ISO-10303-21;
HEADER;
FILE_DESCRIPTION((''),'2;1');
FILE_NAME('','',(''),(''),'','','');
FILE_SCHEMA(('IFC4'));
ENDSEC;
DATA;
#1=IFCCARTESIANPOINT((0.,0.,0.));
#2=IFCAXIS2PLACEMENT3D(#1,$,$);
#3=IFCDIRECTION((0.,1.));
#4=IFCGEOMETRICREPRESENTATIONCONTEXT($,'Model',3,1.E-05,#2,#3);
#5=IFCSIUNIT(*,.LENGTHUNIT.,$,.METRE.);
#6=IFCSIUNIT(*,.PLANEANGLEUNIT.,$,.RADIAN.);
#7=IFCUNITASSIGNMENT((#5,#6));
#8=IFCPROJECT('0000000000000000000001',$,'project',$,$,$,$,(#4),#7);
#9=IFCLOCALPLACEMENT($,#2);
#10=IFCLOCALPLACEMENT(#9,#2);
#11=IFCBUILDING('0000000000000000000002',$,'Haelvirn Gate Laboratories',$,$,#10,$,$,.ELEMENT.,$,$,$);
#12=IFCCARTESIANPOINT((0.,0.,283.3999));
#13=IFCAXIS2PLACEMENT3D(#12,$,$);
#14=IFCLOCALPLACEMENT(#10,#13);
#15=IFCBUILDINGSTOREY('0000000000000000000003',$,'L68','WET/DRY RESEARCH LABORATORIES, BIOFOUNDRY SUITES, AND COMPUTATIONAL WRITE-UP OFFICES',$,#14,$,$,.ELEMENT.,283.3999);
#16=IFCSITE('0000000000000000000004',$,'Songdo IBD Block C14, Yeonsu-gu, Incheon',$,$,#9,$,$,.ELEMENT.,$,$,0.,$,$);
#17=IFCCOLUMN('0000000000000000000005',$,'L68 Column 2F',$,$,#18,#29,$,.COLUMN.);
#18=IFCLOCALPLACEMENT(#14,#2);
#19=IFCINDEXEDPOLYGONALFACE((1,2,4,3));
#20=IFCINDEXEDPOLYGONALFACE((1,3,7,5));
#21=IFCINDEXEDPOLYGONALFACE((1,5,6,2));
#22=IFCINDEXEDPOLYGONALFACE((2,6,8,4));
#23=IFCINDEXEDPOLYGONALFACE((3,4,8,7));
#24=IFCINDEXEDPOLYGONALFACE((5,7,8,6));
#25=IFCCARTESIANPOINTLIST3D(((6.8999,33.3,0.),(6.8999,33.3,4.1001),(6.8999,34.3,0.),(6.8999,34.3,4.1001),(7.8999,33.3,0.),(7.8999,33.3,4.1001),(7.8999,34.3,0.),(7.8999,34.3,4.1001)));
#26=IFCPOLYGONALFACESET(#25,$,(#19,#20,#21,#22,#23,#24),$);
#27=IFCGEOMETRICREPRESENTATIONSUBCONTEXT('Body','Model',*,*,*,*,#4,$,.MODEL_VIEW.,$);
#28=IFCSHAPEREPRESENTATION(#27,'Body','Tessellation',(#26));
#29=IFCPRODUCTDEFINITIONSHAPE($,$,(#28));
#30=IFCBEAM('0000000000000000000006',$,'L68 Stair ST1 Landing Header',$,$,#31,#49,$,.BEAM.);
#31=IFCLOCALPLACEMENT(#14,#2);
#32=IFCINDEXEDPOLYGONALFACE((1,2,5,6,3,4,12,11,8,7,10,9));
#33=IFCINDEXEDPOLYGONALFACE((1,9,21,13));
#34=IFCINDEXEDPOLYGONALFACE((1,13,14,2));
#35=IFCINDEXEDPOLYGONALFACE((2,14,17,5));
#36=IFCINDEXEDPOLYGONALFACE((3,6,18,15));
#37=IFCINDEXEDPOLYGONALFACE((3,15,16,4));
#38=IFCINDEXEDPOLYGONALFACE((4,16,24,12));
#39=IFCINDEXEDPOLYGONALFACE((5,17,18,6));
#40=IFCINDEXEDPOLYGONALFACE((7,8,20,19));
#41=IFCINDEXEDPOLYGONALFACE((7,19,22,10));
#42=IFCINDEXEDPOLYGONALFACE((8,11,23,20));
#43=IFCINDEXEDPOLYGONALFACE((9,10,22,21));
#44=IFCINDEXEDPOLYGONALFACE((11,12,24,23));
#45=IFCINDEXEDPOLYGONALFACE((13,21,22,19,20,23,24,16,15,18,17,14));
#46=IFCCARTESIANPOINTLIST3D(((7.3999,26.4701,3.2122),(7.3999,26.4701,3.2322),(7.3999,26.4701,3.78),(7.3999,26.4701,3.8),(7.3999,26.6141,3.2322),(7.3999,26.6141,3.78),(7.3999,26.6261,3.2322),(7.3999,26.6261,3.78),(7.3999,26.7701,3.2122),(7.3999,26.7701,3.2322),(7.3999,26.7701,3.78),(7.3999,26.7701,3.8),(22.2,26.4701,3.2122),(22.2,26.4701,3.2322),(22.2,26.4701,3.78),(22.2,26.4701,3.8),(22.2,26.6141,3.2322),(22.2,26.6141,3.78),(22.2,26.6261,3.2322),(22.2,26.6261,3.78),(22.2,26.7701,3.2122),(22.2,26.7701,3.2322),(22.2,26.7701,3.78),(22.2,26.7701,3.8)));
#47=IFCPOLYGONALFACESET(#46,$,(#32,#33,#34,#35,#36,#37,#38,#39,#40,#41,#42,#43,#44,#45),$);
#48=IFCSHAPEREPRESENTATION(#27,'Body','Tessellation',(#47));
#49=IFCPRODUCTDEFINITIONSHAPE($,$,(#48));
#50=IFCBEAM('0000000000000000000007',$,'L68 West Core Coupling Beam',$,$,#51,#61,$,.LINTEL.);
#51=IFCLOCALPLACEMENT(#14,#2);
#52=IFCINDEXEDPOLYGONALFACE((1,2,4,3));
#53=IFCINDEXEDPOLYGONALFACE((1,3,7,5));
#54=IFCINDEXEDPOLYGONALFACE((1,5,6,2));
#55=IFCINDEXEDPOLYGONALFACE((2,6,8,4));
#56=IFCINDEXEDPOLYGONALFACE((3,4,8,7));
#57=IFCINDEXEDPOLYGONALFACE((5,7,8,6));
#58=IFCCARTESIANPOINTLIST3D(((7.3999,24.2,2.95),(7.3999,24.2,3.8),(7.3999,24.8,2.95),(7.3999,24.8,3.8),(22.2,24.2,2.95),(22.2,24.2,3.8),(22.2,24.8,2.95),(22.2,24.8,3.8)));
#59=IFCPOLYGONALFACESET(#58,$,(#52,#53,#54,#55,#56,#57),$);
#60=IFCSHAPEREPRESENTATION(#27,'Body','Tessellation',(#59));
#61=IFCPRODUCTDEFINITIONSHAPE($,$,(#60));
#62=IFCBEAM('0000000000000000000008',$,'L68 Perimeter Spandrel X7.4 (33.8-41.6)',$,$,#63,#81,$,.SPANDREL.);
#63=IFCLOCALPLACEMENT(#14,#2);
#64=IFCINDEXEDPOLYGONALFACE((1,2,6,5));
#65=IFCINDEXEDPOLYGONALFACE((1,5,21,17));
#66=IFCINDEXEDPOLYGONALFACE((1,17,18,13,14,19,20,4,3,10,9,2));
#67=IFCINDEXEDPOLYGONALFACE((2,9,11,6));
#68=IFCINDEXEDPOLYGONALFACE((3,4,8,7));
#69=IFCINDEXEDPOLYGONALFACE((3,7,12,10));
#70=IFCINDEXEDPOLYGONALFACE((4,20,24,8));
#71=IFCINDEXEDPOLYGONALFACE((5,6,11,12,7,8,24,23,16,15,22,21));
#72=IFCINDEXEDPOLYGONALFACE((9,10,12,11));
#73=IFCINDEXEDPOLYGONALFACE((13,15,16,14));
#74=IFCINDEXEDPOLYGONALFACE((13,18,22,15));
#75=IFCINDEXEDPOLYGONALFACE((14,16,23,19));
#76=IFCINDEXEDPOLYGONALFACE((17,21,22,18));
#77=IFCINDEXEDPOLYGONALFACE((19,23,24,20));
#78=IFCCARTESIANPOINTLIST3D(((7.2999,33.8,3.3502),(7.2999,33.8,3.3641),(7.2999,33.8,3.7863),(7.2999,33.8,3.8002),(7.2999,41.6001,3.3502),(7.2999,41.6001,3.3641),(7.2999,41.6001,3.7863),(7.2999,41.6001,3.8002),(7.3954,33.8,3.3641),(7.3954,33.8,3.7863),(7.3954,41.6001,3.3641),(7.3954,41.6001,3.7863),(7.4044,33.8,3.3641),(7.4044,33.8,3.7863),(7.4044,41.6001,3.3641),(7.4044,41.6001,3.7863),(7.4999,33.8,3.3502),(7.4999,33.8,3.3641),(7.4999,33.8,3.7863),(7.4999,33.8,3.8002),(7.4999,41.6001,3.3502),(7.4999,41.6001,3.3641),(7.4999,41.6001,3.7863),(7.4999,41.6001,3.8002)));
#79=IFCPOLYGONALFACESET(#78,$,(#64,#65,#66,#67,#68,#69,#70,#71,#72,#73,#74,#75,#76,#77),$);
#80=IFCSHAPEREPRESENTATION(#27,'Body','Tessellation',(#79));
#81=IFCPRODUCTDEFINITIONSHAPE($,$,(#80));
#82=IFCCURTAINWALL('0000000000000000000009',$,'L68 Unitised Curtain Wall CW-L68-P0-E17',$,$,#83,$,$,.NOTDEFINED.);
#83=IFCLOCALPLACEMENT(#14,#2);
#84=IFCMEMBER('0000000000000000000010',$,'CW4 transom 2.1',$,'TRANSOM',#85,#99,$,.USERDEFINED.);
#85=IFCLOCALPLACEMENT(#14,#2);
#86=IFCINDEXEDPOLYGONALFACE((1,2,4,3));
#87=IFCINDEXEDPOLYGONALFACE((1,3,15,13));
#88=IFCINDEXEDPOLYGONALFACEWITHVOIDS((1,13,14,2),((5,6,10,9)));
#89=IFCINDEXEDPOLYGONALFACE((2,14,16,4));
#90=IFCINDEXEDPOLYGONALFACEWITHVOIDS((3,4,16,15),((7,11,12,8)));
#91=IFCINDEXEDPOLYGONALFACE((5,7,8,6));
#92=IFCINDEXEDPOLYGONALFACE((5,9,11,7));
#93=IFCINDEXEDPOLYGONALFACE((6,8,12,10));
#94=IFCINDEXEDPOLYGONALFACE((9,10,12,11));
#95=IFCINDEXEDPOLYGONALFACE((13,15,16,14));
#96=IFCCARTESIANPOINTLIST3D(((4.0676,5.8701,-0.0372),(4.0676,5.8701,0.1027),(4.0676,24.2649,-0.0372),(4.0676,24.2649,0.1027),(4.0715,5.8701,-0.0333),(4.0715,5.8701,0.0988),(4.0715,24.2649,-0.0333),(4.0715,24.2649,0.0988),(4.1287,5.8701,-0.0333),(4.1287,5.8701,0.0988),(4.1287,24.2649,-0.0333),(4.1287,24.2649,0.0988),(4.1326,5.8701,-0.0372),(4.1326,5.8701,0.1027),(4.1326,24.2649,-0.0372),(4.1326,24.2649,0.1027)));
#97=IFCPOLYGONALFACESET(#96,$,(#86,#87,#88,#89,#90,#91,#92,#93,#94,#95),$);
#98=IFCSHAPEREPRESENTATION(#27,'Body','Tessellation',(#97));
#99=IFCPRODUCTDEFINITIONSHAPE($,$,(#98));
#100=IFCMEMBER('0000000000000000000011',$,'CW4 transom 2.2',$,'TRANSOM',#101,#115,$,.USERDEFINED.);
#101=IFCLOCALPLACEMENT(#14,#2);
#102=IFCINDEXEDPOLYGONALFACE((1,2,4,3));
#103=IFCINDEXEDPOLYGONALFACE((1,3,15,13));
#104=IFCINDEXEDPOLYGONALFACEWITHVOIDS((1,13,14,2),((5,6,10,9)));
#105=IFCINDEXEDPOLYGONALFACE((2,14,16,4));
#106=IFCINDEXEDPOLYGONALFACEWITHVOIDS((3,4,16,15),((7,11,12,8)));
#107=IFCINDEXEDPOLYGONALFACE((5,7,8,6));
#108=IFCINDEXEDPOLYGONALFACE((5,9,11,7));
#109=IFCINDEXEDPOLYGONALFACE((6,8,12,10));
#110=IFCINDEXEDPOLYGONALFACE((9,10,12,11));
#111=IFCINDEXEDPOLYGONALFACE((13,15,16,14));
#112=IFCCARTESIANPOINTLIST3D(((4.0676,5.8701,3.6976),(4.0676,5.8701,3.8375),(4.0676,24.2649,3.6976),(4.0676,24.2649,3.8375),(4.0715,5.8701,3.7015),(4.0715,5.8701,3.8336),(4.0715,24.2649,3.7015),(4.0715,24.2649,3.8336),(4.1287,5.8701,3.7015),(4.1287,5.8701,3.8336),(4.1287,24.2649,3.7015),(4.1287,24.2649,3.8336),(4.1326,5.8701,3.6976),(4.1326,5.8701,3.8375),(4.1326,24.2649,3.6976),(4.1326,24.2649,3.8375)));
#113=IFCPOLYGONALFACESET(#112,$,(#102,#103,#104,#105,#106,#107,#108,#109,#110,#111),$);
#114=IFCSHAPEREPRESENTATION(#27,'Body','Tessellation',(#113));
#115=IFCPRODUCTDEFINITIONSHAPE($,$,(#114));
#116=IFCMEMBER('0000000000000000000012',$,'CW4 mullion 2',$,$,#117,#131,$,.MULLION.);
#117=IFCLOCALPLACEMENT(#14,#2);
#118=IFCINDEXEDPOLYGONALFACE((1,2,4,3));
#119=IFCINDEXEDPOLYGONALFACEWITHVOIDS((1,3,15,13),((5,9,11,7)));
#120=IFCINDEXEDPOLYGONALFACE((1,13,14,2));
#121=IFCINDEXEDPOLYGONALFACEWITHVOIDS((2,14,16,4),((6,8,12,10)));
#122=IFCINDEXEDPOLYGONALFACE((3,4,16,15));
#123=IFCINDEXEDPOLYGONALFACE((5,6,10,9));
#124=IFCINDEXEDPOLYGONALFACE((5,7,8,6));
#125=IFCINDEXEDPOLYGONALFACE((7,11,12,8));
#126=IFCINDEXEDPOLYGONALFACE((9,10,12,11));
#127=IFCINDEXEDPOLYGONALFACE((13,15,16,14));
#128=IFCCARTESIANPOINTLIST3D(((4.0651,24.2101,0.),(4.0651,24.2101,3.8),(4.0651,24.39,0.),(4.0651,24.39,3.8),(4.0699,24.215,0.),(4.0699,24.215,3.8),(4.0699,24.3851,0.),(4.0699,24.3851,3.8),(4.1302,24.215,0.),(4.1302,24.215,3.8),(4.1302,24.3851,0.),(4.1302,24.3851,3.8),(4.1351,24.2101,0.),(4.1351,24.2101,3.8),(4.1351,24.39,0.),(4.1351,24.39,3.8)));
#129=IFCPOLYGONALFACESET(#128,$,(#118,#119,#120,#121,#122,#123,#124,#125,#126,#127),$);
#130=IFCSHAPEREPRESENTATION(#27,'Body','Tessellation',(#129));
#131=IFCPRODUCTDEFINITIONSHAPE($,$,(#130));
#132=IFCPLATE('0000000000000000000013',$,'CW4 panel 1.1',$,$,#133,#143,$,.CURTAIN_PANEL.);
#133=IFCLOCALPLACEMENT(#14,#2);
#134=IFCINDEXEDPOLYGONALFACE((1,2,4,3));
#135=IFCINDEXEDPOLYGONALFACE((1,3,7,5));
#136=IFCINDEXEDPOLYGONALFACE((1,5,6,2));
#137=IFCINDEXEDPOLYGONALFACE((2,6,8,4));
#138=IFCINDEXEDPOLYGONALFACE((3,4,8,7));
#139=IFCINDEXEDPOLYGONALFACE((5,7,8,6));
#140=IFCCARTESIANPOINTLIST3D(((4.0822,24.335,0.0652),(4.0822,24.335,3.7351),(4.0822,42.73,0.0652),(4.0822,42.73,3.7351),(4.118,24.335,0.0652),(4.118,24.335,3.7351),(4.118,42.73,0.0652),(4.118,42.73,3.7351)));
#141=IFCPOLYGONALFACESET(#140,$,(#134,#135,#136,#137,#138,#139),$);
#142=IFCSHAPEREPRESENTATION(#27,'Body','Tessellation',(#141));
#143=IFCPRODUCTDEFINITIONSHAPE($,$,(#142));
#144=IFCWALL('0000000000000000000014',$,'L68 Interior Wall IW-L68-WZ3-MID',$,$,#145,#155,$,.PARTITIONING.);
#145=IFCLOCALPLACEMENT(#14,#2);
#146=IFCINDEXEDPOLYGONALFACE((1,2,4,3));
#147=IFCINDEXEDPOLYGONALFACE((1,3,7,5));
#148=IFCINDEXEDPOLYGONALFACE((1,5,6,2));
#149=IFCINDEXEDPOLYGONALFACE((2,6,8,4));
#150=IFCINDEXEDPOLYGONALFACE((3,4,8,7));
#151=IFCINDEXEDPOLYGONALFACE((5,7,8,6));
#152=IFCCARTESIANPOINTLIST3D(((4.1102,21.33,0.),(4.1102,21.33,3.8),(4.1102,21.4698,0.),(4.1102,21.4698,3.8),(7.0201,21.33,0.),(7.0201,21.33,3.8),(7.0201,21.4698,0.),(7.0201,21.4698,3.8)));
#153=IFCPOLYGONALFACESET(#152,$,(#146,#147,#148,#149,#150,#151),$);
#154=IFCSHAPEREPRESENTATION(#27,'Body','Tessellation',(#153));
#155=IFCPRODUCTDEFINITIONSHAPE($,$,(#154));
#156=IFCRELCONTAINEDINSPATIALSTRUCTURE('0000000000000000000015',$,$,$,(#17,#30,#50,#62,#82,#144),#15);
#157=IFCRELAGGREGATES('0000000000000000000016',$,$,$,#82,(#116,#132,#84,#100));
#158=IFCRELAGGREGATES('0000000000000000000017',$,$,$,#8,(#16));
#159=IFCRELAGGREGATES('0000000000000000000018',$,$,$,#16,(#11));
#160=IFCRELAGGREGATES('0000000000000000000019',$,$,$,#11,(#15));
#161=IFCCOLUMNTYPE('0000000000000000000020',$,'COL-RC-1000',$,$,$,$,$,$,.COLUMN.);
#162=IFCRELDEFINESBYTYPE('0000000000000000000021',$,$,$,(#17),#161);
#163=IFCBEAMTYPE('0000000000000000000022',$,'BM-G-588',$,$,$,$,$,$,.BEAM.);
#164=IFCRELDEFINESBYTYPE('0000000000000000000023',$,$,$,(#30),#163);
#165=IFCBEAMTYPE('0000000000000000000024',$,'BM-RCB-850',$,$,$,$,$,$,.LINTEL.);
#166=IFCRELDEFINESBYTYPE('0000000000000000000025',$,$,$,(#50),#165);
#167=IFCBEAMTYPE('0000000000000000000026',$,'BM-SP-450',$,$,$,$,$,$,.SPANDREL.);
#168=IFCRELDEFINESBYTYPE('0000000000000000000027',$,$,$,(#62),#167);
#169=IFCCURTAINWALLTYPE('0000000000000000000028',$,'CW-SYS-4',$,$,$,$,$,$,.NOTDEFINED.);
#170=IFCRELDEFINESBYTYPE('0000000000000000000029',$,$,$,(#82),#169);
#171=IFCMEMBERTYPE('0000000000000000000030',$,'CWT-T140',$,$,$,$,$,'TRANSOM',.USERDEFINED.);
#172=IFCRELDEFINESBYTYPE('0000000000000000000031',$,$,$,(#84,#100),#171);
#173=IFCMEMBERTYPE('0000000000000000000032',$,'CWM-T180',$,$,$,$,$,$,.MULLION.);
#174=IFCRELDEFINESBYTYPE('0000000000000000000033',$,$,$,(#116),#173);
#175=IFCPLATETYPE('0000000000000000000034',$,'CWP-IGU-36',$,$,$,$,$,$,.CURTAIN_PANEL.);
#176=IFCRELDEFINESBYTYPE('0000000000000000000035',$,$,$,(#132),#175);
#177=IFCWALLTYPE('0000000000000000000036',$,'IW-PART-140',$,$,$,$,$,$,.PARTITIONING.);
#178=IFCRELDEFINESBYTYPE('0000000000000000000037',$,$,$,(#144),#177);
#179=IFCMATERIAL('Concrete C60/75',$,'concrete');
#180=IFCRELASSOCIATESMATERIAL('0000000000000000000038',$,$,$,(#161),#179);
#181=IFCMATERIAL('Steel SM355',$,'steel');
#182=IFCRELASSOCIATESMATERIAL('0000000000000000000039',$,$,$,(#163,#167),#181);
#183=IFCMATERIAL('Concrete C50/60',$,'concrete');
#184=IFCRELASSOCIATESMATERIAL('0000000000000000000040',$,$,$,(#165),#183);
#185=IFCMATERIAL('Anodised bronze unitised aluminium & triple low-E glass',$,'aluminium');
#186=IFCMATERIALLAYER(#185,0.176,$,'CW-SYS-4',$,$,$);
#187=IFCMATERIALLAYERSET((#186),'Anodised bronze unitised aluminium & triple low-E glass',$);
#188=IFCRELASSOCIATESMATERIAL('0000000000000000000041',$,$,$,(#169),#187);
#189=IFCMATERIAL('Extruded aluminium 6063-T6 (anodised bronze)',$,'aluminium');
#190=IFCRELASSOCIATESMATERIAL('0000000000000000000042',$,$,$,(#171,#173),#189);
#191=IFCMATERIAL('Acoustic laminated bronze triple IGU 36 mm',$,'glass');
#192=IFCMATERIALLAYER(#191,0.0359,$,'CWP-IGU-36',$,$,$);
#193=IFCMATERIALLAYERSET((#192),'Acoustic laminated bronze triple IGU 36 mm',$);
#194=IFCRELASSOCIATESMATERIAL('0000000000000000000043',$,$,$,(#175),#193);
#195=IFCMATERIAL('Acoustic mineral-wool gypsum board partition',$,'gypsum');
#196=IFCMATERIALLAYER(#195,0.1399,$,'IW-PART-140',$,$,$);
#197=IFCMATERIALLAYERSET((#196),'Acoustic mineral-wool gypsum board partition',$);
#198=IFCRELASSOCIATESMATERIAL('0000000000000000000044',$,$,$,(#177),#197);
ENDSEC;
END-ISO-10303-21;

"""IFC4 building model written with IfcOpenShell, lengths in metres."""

from ifc_helpers import new_model, si_unit, direction, frame, frame_2d, origin, origin_2d, place, context, subcontext, project, spatial, rectangle, hollow_rectangle, i_section, extrude, source, transform, mapped, material, layer, layer_set, material_profile, profile_set, type_object, type_shapes, element, aggregate, save


model = new_model("IFC4")

# Units and contexts
model_context = context("Model", 3, precision=1e-05, world=origin(), true_north=direction((0.0, 1.0)))
body_context = subcontext(model_context, "Body", "Model", "MODEL_VIEW")
ifc_project = project(units=[si_unit("LENGTHUNIT", "METRE"), si_unit("PLANEANGLEUNIT", "RADIAN")], contexts=[model_context])

# Site, building, storey
site_placement = place(None, origin())
site = spatial("IfcSite", under=ifc_project, at=site_placement, Name="Songdo IBD Block C14, Yeonsu-gu, Incheon", CompositionType="ELEMENT", RefElevation=0.0)
building_placement = place(site_placement, origin())
building = spatial("IfcBuilding", under=site, at=building_placement, Name="Haelvirn Gate Laboratories", CompositionType="ELEMENT")
storey_placement = place(building_placement, frame((0.0, 0.0, 283.3999)))
storey = spatial("IfcBuildingStorey", under=building, at=storey_placement, Name="L68", Description="WET/DRY RESEARCH LABORATORIES, BIOFOUNDRY SUITES, AND COMPUTATIONAL WRITE-UP OFFICES", CompositionType="ELEMENT", Elevation=283.3999)

# Column
ifc_material_1 = material(Name="Concrete C60/75", Category="concrete")
ifc_material_profile_1 = material_profile(ifc_material_1, rectangle(XDim=1.0, YDim=1.0, at=origin_2d()), Name="RC-1000x1000")
ifc_profile_set_1 = profile_set([ifc_material_profile_1], Name="Concrete C60/75")
column_type = type_object("IfcColumnType", Name="COL-RC-1000", PredefinedType="COLUMN", material=ifc_profile_set_1)
shared_shape_1 = source(origin(), body_context, "Body", "SweptSolid", [
    extrude(rectangle(XDim=1.0, YDim=1.0, at=origin_2d()), origin(), (0.0, 0.0, 1.0), 4.1001),
])
type_shapes(column_type, [shared_shape_1])
column_placement = place(storey_placement, frame((7.3999, 33.8, 0.0), z_axis=(0.0, 0.0, 1.0), x_axis=(1.0, 0.0, 0.0)))
element("IfcColumn", 1, at=column_placement, inside=storey, type_object=column_type, Name="L68 Column 2F", PredefinedType="COLUMN", context=body_context, shape_type="MappedRepresentation", body=[
    mapped(shared_shape_1, transform((0.0, 0.0, 0.0), scale=1.0)),
])

# Beams
ifc_material_2 = material(Name="Steel SM355", Category="steel")
ifc_material_profile_2 = material_profile(ifc_material_2, i_section(OverallWidth=0.3, OverallDepth=0.5879, WebThickness=0.012, FlangeThickness=0.02, at=origin_2d()), Name="H-588x300x12x20")
ifc_profile_set_2 = profile_set([ifc_material_profile_2], Name="Steel SM355")
beam_type_1 = type_object("IfcBeamType", Name="BM-G-588", PredefinedType="BEAM", material=ifc_profile_set_2)
shared_shape_2 = source(origin(), body_context, "Body", "SweptSolid", [
    extrude(i_section(OverallWidth=0.3, OverallDepth=0.5879, WebThickness=0.012, FlangeThickness=0.02, at=origin_2d()), origin(), (0.0, 0.0, 1.0), 14.8),
])
type_shapes(beam_type_1, [shared_shape_2])
beam_1_placement = place(storey_placement, frame((7.3999, 26.6201, 3.5061), z_axis=(1.0, 0.0, 0.0), x_axis=(0.0, 1.0, 0.0)))
element("IfcBeam", 2, at=beam_1_placement, inside=storey, type_object=beam_type_1, Name="L68 Stair ST1 Landing Header", PredefinedType="BEAM", context=body_context, shape_type="MappedRepresentation", body=[
    mapped(shared_shape_2, transform((0.0, 0.0, 0.0), scale=1.0)),
])
ifc_material_3 = material(Name="Concrete C50/60", Category="concrete")
ifc_material_profile_3 = material_profile(ifc_material_3, rectangle(XDim=0.6001, YDim=0.8501, at=origin_2d()), Name="RCB-600x850")
ifc_profile_set_3 = profile_set([ifc_material_profile_3], Name="Concrete C50/60")
beam_type_2 = type_object("IfcBeamType", Name="BM-RCB-850", PredefinedType="LINTEL", material=ifc_profile_set_3)
shared_shape_3 = source(origin(), body_context, "Body", "SweptSolid", [
    extrude(rectangle(XDim=0.6001, YDim=0.8501, at=origin_2d()), origin(), (0.0, 0.0, 1.0), 14.8),
])
type_shapes(beam_type_2, [shared_shape_3])
beam_2_placement = place(storey_placement, frame((7.3999, 24.5, 3.375), z_axis=(1.0, 0.0, 0.0), x_axis=(0.0, 1.0, 0.0)))
element("IfcBeam", 3, at=beam_2_placement, inside=storey, type_object=beam_type_2, Name="L68 West Core Coupling Beam", PredefinedType="LINTEL", context=body_context, shape_type="MappedRepresentation", body=[
    mapped(shared_shape_3, transform((0.0, 0.0, 0.0), scale=1.0)),
])
ifc_material_profile_4 = material_profile(ifc_material_2, i_section(OverallWidth=0.2, OverallDepth=0.45, WebThickness=0.009, FlangeThickness=0.0139, at=origin_2d()), Name="H-450x200x9x14")
ifc_profile_set_4 = profile_set([ifc_material_profile_4], Name="Steel SM355")
beam_type_3 = type_object("IfcBeamType", Name="BM-SP-450", PredefinedType="SPANDREL", material=ifc_profile_set_4)
shared_shape_4 = source(origin(), body_context, "Body", "SweptSolid", [
    extrude(i_section(OverallWidth=0.2, OverallDepth=0.45, WebThickness=0.009, FlangeThickness=0.0139, at=origin_2d()), origin(), (0.0, 0.0, 1.0), 7.8),
])
type_shapes(beam_type_3, [shared_shape_4])
beam_3_placement = place(storey_placement, frame((7.3999, 33.8, 3.5752), z_axis=(0.0, 1.0, 0.0), x_axis=(-1.0, 0.0, 0.0)))
element("IfcBeam", 4, at=beam_3_placement, inside=storey, type_object=beam_type_3, Name="L68 Perimeter Spandrel X7.4 (33.8-41.6)", PredefinedType="SPANDREL", context=body_context, shape_type="MappedRepresentation", body=[
    mapped(shared_shape_4, transform((0.0, 0.0, 0.0), scale=1.0)),
])

# Curtain wall, members, plate
ifc_material_4 = material(Name="Anodised bronze unitised aluminium & triple low-E glass", Category="aluminium")
ifc_layer_1 = layer(ifc_material_4, 0.176, Name="CW-SYS-4")
ifc_layer_set_1 = layer_set([ifc_layer_1], Name="Anodised bronze unitised aluminium & triple low-E glass")
curtain_wall_type = type_object("IfcCurtainWallType", Name="CW-SYS-4", PredefinedType="NOTDEFINED", material=ifc_layer_set_1)
curtain_wall_placement = place(storey_placement, origin())
curtain_wall = element("IfcCurtainWall", 5, at=curtain_wall_placement, inside=storey, type_object=curtain_wall_type, Name="L68 Unitised Curtain Wall CW-L68-P0-E17", PredefinedType="NOTDEFINED")
ifc_material_5 = material(Name="Extruded aluminium 6063-T6 (anodised bronze)", Category="aluminium")
ifc_material_profile_5 = material_profile(ifc_material_5, hollow_rectangle(XDim=0.0649, YDim=0.1399, WallThickness=0.0039, at=origin_2d()), Name="CWT-140x65x4")
ifc_profile_set_5 = profile_set([ifc_material_profile_5], Name="Extruded aluminium 6063-T6 (anodised bronze)")
member_type_1 = type_object("IfcMemberType", Name="CWT-T140", ElementType="TRANSOM", PredefinedType="USERDEFINED", material=ifc_profile_set_5)
shared_shape_5 = source(origin(), body_context, "Body", "SweptSolid", [
    extrude(hollow_rectangle(XDim=0.0649, YDim=0.1399, WallThickness=0.0039, at=origin_2d()), origin(), (0.0, 0.0, 1.0), 18.3948),
])
type_shapes(member_type_1, [shared_shape_5])
member_1_placement = place(storey_placement, frame((4.1001, 24.2649, 0.0327), z_axis=(0.0, -1.0, 0.0), x_axis=(1.0, 0.0, 0.0)))
member_1 = element("IfcMember", 6, at=member_1_placement, type_object=member_type_1, Name="CW4 transom 2.1", ObjectType="TRANSOM", PredefinedType="USERDEFINED", context=body_context, shape_type="MappedRepresentation", body=[
    mapped(shared_shape_5, transform((0.0, 0.0, 0.0), scale=1.0)),
])
member_2_placement = place(storey_placement, frame((4.1001, 24.2649, 3.7676), z_axis=(0.0, -1.0, 0.0), x_axis=(1.0, 0.0, 0.0)))
member_2 = element("IfcMember", 7, at=member_2_placement, type_object=member_type_1, Name="CW4 transom 2.2", ObjectType="TRANSOM", PredefinedType="USERDEFINED", context=body_context, shape_type="MappedRepresentation", body=[
    mapped(shared_shape_5, transform((0.0, 0.0, 0.0), scale=1.0)),
])
ifc_material_profile_6 = material_profile(ifc_material_5, hollow_rectangle(XDim=0.0701, YDim=0.1799, WallThickness=0.0049, at=origin_2d()), Name="CWM-180x70x5")
ifc_profile_set_6 = profile_set([ifc_material_profile_6], Name="Extruded aluminium 6063-T6 (anodised bronze)")
member_type_2 = type_object("IfcMemberType", Name="CWM-T180", PredefinedType="MULLION", material=ifc_profile_set_6)
shared_shape_6 = source(origin(), body_context, "Body", "SweptSolid", [
    extrude(hollow_rectangle(XDim=0.0701, YDim=0.1799, WallThickness=0.0049, at=origin_2d()), origin(), (0.0, 0.0, 1.0), 3.8),
])
type_shapes(member_type_2, [shared_shape_6])
member_3_placement = place(storey_placement, frame((4.1001, 24.3, 0.0), z_axis=(0.0, 0.0, 1.0), x_axis=(1.0, 0.0, 0.0)))
member_3 = element("IfcMember", 8, at=member_3_placement, type_object=member_type_2, Name="CW4 mullion 2", PredefinedType="MULLION", context=body_context, shape_type="MappedRepresentation", body=[
    mapped(shared_shape_6, transform((0.0, 0.0, 0.0), scale=1.0)),
])
ifc_material_6 = material(Name="Acoustic laminated bronze triple IGU 36 mm", Category="glass")
ifc_layer_2 = layer(ifc_material_6, 0.0359, Name="CWP-IGU-36")
ifc_layer_set_2 = layer_set([ifc_layer_2], Name="Acoustic laminated bronze triple IGU 36 mm")
plate_type = type_object("IfcPlateType", Name="CWP-IGU-36", PredefinedType="CURTAIN_PANEL", material=ifc_layer_set_2)
shared_shape_7 = source(origin(), body_context, "Body", "SweptSolid", [
    extrude(rectangle(XDim=18.395, YDim=0.0359, at=origin_2d()), origin(), (0.0, 0.0, 1.0), 3.6699),
])
type_shapes(plate_type, [shared_shape_7])
plate_placement = place(storey_placement, frame((4.1001, 33.5325, 0.0652), z_axis=(0.0, 0.0, 1.0), x_axis=(0.0, -1.0, 0.0)))
plate = element("IfcPlate", 9, at=plate_placement, type_object=plate_type, Name="CW4 panel 1.1", PredefinedType="CURTAIN_PANEL", context=body_context, shape_type="MappedRepresentation", body=[
    mapped(shared_shape_7, transform((0.0, 0.0, 0.0), scale=1.0)),
])
aggregate(curtain_wall, [member_3, plate, member_1, member_2])

# Wall
ifc_material_7 = material(Name="Acoustic mineral-wool gypsum board partition", Category="gypsum")
ifc_layer_3 = layer(ifc_material_7, 0.1399, Name="IW-PART-140")
ifc_layer_set_3 = layer_set([ifc_layer_3], Name="Acoustic mineral-wool gypsum board partition")
wall_type_1 = type_object("IfcWallType", Name="IW-PART-140", PredefinedType="PARTITIONING", material=ifc_layer_set_3)
wall_1_placement = place(storey_placement, frame((4.1101, 21.3999, 0.0), z_axis=(0.0, 0.0, 1.0), x_axis=(1.0, 0.0, 0.0)))
element("IfcWall", 10, at=wall_1_placement, inside=storey, type_object=wall_type_1, Name="L68 Interior Wall IW-L68-WZ3-MID", PredefinedType="PARTITIONING", context=body_context, shape_type="SweptSolid", body=[
    extrude(rectangle(XDim=2.9099, YDim=0.1399, at=frame_2d((1.4551, 0.0))), origin(), (0.0, 0.0, 1.0), 3.8),
])

save(model, "model.ifc")
